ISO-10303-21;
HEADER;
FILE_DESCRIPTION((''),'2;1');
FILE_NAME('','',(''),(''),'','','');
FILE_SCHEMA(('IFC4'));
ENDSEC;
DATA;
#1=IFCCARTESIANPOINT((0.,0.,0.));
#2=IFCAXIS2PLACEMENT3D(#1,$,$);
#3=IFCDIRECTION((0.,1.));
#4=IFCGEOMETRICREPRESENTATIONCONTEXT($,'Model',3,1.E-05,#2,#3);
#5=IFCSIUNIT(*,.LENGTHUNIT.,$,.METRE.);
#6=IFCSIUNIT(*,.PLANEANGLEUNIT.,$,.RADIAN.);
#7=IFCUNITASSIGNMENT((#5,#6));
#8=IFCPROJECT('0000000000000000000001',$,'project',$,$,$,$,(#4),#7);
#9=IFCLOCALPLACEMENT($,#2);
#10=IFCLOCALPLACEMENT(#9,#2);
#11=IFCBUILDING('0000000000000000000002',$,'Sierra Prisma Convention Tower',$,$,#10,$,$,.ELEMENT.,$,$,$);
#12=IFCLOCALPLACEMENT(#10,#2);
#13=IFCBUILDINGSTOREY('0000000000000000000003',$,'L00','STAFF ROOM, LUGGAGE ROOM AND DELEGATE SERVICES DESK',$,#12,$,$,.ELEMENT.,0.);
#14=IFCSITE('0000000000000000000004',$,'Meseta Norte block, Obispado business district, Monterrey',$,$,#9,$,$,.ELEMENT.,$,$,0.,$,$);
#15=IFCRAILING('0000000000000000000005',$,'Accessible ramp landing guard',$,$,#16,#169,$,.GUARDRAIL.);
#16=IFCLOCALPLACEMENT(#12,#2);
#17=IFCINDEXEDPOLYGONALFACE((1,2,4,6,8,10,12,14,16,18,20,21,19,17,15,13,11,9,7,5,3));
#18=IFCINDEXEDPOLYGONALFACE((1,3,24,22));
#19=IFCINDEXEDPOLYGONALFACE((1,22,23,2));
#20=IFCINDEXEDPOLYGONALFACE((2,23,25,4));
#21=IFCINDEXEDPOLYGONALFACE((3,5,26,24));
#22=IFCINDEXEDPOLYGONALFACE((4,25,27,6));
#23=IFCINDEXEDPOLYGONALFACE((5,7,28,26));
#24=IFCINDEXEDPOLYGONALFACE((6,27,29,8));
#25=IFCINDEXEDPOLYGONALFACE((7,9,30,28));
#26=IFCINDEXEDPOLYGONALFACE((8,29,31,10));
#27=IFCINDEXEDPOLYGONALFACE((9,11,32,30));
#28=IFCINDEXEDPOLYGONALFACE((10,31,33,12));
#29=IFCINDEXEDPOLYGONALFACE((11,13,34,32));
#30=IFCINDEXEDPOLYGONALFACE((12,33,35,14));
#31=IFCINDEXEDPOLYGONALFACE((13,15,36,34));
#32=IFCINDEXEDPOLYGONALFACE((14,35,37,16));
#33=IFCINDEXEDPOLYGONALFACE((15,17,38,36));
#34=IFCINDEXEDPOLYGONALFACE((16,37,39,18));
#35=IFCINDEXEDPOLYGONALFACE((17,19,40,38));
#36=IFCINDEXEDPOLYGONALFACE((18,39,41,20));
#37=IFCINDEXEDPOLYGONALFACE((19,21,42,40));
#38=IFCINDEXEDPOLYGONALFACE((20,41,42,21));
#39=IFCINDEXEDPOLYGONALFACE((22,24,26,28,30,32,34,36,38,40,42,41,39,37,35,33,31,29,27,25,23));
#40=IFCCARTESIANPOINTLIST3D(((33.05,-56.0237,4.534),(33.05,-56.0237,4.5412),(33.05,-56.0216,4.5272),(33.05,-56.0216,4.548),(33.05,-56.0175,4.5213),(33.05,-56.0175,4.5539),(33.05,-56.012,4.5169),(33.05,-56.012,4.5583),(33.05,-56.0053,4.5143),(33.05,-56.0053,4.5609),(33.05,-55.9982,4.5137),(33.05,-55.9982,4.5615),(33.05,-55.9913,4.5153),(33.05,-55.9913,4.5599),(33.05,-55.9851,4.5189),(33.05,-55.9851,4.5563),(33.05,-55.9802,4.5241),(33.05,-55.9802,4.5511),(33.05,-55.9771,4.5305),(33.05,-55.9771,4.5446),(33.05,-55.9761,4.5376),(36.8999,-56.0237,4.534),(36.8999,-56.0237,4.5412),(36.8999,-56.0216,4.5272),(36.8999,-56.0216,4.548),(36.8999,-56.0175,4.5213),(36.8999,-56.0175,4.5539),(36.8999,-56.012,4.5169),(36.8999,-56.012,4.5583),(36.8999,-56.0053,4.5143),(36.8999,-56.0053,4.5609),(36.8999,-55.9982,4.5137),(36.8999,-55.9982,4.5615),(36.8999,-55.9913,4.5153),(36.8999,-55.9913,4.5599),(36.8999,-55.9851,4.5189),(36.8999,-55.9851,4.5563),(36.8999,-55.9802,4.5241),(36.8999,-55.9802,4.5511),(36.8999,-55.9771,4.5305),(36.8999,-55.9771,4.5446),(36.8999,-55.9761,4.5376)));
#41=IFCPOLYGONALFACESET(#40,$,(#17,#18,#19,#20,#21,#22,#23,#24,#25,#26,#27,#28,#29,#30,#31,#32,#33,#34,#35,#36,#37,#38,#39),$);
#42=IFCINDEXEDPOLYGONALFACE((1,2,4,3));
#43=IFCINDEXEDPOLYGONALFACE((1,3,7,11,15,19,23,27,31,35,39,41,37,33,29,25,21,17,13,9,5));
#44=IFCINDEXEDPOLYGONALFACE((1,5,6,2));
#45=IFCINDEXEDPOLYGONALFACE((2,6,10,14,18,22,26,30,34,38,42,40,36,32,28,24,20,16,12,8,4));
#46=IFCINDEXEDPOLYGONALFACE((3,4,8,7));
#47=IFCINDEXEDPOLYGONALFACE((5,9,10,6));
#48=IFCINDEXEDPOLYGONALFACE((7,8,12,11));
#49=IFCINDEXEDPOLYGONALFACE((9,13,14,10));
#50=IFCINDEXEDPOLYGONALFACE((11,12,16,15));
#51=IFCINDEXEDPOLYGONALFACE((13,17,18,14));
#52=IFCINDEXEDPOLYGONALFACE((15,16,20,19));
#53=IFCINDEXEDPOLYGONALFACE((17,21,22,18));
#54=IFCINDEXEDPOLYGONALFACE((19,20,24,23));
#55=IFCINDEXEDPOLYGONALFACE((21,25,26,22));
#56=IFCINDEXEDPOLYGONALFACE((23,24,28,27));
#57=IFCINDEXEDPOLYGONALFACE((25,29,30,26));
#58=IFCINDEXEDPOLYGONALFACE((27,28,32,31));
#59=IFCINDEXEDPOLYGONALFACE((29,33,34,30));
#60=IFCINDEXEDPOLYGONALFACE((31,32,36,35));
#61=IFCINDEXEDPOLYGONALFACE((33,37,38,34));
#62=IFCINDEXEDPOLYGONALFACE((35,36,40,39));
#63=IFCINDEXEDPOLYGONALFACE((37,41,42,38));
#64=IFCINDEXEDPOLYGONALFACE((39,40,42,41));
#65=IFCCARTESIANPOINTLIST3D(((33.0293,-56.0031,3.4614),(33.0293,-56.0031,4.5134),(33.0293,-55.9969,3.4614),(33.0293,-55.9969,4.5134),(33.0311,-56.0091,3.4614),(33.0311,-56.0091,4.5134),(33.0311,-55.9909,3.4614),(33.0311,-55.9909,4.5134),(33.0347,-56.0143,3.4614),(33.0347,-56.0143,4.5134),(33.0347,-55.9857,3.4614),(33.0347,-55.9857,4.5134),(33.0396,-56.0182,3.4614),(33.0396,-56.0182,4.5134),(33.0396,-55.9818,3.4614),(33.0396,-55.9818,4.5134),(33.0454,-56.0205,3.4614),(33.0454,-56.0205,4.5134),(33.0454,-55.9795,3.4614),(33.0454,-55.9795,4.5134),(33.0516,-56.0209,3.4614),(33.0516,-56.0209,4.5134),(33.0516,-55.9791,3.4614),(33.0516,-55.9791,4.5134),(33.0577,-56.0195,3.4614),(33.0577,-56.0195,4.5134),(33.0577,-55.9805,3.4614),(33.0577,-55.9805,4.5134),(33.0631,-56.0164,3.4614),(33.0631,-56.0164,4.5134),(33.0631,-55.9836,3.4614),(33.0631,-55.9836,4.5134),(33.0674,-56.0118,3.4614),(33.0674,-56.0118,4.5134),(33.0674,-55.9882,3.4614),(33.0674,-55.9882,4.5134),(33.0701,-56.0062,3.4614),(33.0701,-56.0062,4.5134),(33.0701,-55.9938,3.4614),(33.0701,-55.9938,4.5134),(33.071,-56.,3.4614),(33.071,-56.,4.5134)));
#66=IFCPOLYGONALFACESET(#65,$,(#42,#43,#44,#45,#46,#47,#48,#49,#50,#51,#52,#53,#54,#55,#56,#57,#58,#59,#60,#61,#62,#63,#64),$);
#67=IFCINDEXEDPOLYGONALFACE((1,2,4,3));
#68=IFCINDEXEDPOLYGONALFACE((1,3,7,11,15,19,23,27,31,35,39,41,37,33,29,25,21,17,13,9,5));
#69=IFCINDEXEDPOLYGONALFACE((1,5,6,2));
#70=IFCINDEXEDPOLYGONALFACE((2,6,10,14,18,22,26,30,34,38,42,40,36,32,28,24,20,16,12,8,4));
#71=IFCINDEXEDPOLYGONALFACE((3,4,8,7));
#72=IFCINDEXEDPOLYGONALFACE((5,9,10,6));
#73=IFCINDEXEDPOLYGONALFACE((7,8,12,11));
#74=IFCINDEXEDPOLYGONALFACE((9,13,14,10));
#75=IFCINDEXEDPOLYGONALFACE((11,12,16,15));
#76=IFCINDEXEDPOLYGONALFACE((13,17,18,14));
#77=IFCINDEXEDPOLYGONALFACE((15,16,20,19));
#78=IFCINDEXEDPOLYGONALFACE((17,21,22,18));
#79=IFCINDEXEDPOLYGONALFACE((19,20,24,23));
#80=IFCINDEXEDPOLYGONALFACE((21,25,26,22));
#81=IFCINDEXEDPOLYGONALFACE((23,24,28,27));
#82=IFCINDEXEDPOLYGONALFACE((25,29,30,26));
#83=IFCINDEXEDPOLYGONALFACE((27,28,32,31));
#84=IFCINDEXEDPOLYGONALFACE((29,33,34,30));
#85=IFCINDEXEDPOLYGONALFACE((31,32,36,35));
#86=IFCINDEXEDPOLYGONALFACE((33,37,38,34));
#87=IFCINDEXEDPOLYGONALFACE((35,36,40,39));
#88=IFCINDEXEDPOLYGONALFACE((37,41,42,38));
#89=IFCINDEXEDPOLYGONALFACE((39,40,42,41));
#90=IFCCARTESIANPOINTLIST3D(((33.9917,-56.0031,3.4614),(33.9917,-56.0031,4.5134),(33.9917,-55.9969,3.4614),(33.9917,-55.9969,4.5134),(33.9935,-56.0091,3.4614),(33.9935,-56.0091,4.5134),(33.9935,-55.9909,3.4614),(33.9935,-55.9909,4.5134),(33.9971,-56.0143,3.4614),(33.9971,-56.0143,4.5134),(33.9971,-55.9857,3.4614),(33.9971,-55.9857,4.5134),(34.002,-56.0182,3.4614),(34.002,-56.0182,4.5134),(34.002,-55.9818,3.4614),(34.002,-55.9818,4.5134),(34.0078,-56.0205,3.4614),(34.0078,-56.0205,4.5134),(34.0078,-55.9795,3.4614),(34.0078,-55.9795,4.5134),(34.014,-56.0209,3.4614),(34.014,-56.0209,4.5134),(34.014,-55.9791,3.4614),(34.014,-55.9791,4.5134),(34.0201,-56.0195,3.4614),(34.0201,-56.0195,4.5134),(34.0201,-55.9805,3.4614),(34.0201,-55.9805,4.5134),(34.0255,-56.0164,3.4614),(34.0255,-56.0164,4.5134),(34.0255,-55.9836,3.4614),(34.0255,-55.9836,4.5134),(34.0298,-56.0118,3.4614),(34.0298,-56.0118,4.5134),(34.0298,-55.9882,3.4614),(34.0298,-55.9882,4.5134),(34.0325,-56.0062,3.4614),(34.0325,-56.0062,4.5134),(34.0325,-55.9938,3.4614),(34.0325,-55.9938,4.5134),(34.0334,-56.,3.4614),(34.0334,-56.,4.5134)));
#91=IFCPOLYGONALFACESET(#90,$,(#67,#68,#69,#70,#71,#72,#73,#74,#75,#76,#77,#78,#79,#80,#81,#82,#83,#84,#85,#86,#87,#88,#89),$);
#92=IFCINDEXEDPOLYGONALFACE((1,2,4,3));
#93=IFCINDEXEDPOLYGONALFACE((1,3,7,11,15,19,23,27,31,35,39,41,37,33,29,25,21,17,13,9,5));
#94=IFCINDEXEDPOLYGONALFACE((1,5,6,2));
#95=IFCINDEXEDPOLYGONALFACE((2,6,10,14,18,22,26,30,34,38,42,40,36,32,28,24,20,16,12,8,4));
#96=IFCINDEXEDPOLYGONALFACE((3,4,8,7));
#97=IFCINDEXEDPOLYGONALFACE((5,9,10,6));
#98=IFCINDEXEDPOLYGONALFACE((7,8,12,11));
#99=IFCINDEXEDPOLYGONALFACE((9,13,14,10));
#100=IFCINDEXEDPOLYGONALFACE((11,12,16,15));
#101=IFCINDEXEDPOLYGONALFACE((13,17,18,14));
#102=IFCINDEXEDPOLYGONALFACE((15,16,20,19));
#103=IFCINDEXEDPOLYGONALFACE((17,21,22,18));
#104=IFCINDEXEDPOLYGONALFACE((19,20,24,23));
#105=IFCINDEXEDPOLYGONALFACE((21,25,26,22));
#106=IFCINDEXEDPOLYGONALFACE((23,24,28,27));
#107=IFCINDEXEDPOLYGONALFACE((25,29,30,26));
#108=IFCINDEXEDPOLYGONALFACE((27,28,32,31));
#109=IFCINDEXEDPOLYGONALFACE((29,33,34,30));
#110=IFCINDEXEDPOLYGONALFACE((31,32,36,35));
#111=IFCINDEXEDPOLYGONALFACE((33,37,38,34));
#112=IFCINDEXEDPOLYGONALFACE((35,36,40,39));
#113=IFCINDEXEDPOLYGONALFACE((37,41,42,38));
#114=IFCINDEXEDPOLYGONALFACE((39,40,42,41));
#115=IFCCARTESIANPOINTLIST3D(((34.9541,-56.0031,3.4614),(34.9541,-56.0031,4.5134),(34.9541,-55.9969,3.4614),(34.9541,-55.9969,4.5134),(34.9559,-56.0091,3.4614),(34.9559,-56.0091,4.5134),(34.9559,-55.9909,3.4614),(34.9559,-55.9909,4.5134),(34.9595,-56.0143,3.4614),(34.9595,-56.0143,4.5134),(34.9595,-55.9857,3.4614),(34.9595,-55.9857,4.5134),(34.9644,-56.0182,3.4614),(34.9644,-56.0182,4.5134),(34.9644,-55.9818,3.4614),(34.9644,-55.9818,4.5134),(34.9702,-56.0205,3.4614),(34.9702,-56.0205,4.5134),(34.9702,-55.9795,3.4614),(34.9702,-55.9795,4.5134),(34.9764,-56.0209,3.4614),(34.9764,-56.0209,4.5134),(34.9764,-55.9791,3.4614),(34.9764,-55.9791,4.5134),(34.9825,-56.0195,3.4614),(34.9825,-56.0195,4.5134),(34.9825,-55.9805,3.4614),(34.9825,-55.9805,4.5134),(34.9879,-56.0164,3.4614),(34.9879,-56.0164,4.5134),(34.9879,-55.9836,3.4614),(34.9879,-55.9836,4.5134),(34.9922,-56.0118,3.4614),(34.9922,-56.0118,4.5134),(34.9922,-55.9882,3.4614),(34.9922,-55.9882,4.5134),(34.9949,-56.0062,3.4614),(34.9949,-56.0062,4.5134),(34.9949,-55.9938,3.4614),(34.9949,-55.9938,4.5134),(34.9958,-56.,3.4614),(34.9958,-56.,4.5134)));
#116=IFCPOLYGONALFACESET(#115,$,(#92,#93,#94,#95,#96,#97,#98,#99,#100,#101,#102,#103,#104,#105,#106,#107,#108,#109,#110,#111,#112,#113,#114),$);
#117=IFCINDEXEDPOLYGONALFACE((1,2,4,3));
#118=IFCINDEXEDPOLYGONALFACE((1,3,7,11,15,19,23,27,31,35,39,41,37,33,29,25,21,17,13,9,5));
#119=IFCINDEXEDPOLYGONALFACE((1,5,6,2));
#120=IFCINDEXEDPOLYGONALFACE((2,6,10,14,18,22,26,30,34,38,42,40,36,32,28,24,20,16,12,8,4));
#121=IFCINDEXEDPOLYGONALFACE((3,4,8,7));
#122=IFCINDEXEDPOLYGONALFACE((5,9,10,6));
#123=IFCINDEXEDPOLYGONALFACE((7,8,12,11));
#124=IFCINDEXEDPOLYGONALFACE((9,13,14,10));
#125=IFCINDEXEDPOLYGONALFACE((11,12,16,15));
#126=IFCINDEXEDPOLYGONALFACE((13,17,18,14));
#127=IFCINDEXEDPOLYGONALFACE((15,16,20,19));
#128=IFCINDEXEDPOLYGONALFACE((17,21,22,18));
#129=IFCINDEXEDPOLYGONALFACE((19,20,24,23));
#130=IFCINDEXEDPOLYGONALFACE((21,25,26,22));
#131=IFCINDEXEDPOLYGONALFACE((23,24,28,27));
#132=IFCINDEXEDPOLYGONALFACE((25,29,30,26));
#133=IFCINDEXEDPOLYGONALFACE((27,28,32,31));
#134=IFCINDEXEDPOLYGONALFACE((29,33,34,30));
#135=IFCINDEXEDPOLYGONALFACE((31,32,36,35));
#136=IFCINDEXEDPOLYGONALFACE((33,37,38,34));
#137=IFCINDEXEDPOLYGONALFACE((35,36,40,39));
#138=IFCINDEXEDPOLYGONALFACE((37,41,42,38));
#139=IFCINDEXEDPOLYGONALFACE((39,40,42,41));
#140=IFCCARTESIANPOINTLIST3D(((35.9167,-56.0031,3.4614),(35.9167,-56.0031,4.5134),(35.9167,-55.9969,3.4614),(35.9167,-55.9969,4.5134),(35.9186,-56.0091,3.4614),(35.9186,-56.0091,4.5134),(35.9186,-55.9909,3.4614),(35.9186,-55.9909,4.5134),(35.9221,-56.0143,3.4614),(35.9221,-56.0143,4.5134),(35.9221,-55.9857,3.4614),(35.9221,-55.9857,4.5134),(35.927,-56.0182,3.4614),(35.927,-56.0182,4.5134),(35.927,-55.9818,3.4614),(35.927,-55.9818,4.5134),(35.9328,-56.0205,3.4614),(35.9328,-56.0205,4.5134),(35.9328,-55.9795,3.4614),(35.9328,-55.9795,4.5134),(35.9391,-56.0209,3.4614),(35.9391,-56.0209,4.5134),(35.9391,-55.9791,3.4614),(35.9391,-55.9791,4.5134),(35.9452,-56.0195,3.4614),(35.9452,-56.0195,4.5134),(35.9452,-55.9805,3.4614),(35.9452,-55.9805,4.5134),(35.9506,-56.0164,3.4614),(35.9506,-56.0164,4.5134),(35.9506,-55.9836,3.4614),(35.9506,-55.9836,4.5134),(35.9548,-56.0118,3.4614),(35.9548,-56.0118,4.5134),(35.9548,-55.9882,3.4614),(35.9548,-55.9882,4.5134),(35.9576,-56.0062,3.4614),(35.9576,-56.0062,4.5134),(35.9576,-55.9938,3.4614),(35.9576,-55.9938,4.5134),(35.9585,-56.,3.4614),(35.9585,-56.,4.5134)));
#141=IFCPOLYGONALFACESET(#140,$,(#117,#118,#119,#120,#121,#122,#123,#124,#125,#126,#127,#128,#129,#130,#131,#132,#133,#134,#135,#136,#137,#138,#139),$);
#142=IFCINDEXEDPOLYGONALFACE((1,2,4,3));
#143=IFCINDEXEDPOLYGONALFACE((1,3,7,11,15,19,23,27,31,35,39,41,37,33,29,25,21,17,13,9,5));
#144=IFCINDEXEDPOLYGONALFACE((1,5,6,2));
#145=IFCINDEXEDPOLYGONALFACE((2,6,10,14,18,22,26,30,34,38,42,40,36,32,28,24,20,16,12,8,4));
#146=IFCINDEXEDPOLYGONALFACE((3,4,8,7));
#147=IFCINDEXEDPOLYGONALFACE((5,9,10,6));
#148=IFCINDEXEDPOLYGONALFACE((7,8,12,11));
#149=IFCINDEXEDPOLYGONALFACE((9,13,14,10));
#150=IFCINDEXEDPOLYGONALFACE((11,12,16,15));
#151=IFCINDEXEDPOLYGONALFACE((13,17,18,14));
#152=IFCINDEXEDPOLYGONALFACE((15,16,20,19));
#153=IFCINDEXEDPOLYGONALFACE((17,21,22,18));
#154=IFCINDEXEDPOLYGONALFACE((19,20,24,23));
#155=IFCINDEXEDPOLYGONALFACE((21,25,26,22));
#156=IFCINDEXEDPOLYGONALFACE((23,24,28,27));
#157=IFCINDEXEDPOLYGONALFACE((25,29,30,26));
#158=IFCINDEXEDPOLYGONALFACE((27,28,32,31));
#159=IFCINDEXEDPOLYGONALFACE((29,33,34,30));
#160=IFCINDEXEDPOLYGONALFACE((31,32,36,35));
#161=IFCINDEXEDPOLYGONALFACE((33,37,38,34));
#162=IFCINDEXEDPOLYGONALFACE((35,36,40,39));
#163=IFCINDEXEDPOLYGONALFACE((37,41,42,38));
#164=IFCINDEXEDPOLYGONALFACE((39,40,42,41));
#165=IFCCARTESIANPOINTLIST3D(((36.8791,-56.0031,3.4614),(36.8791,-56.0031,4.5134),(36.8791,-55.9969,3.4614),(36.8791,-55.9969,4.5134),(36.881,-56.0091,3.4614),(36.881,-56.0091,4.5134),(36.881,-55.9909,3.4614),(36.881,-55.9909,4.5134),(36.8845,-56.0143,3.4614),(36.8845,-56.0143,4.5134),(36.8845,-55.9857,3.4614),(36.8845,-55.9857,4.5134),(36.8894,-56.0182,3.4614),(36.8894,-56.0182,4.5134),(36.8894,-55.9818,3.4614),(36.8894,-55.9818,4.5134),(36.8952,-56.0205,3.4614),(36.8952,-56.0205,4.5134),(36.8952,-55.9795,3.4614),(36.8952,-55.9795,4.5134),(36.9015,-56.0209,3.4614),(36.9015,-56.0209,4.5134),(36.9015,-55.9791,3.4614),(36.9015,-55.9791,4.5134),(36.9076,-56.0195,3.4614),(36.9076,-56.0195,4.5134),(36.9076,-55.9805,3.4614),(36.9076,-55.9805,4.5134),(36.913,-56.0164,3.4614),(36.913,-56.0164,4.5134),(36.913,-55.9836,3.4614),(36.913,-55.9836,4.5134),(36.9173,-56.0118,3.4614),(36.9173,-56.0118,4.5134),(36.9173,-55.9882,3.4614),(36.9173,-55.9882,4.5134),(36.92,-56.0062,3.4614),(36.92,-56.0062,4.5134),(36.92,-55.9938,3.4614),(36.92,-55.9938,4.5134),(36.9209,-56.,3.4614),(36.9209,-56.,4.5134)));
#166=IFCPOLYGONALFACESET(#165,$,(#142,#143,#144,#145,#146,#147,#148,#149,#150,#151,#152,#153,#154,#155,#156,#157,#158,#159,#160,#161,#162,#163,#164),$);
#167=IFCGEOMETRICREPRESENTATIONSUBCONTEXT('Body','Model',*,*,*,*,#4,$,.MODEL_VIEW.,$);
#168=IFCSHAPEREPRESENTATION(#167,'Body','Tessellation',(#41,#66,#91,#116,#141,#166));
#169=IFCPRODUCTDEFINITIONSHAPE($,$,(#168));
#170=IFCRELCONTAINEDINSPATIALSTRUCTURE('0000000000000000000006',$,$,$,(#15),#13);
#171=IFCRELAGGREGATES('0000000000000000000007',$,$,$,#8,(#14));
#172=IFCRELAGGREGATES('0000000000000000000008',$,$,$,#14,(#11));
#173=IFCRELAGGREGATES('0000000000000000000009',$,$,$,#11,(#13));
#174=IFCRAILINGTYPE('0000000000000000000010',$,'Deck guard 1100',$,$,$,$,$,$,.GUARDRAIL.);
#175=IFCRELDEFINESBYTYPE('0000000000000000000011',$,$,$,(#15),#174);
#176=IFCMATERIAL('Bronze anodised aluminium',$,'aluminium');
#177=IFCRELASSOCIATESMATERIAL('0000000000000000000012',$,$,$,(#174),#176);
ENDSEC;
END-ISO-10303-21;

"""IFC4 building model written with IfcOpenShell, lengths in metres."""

from ifc_helpers import new_model, si_unit, direction, frame, origin, origin_2d, place, context, subcontext, project, spatial, circle, extrude, material, type_object, element, save


model = new_model("IFC4")

# Units and contexts
model_context = context("Model", 3, precision=1e-05, world=origin(), true_north=direction((0.0, 1.0)))
body_context = subcontext(model_context, "Body", "Model", "MODEL_VIEW")
ifc_project = project(units=[si_unit("LENGTHUNIT", "METRE"), si_unit("PLANEANGLEUNIT", "RADIAN")], contexts=[model_context])

# Site, building, storey
site_placement = place(None, origin())
site = spatial("IfcSite", under=ifc_project, at=site_placement, Name="Meseta Norte block, Obispado business district, Monterrey", CompositionType="ELEMENT", RefElevation=0.0)
building_placement = place(site_placement, origin())
building = spatial("IfcBuilding", under=site, at=building_placement, Name="Sierra Prisma Convention Tower", CompositionType="ELEMENT")
storey_placement = place(building_placement, origin())
storey = spatial("IfcBuildingStorey", under=building, at=storey_placement, Name="L00", Description="STAFF ROOM, LUGGAGE ROOM AND DELEGATE SERVICES DESK", CompositionType="ELEMENT", Elevation=0.0)

# Railing
ifc_material_1 = material(Name="Bronze anodised aluminium", Category="aluminium")
railing_type = type_object("IfcRailingType", Name="Deck guard 1100", PredefinedType="GUARDRAIL", material=ifc_material_1)
railing_placement = place(storey_placement, frame((33.05, -56.0, 3.4614)))
element("IfcRailing", 1, at=railing_placement, inside=storey, type_object=railing_type, Name="Accessible ramp landing guard", PredefinedType="GUARDRAIL", context=body_context, shape_type="SweptSolid", body=[
    extrude(circle(Radius=0.0239, at=origin_2d()), frame((0.0, 0.0, 1.0762), z_axis=(1.0, 0.0, 0.0), x_axis=(0.0, 1.0, 0.0)), (0.0, 0.0, 1.0), 3.8499),
    extrude(circle(Radius=0.021, at=origin_2d()), origin(), (0.0, 0.0, 1.0), 1.052),
    extrude(circle(Radius=0.021, at=origin_2d()), frame((0.9624, 0.0, 0.0)), (0.0, 0.0, 1.0), 1.052),
    extrude(circle(Radius=0.021, at=origin_2d()), frame((1.9248, 0.0, 0.0)), (0.0, 0.0, 1.0), 1.052),
    extrude(circle(Radius=0.021, at=origin_2d()), frame((2.8875, 0.0, 0.0)), (0.0, 0.0, 1.0), 1.052),
    extrude(circle(Radius=0.021, at=origin_2d()), frame((3.8499, 0.0, 0.0)), (0.0, 0.0, 1.0), 1.052),
])

save(model, "model.ifc")
